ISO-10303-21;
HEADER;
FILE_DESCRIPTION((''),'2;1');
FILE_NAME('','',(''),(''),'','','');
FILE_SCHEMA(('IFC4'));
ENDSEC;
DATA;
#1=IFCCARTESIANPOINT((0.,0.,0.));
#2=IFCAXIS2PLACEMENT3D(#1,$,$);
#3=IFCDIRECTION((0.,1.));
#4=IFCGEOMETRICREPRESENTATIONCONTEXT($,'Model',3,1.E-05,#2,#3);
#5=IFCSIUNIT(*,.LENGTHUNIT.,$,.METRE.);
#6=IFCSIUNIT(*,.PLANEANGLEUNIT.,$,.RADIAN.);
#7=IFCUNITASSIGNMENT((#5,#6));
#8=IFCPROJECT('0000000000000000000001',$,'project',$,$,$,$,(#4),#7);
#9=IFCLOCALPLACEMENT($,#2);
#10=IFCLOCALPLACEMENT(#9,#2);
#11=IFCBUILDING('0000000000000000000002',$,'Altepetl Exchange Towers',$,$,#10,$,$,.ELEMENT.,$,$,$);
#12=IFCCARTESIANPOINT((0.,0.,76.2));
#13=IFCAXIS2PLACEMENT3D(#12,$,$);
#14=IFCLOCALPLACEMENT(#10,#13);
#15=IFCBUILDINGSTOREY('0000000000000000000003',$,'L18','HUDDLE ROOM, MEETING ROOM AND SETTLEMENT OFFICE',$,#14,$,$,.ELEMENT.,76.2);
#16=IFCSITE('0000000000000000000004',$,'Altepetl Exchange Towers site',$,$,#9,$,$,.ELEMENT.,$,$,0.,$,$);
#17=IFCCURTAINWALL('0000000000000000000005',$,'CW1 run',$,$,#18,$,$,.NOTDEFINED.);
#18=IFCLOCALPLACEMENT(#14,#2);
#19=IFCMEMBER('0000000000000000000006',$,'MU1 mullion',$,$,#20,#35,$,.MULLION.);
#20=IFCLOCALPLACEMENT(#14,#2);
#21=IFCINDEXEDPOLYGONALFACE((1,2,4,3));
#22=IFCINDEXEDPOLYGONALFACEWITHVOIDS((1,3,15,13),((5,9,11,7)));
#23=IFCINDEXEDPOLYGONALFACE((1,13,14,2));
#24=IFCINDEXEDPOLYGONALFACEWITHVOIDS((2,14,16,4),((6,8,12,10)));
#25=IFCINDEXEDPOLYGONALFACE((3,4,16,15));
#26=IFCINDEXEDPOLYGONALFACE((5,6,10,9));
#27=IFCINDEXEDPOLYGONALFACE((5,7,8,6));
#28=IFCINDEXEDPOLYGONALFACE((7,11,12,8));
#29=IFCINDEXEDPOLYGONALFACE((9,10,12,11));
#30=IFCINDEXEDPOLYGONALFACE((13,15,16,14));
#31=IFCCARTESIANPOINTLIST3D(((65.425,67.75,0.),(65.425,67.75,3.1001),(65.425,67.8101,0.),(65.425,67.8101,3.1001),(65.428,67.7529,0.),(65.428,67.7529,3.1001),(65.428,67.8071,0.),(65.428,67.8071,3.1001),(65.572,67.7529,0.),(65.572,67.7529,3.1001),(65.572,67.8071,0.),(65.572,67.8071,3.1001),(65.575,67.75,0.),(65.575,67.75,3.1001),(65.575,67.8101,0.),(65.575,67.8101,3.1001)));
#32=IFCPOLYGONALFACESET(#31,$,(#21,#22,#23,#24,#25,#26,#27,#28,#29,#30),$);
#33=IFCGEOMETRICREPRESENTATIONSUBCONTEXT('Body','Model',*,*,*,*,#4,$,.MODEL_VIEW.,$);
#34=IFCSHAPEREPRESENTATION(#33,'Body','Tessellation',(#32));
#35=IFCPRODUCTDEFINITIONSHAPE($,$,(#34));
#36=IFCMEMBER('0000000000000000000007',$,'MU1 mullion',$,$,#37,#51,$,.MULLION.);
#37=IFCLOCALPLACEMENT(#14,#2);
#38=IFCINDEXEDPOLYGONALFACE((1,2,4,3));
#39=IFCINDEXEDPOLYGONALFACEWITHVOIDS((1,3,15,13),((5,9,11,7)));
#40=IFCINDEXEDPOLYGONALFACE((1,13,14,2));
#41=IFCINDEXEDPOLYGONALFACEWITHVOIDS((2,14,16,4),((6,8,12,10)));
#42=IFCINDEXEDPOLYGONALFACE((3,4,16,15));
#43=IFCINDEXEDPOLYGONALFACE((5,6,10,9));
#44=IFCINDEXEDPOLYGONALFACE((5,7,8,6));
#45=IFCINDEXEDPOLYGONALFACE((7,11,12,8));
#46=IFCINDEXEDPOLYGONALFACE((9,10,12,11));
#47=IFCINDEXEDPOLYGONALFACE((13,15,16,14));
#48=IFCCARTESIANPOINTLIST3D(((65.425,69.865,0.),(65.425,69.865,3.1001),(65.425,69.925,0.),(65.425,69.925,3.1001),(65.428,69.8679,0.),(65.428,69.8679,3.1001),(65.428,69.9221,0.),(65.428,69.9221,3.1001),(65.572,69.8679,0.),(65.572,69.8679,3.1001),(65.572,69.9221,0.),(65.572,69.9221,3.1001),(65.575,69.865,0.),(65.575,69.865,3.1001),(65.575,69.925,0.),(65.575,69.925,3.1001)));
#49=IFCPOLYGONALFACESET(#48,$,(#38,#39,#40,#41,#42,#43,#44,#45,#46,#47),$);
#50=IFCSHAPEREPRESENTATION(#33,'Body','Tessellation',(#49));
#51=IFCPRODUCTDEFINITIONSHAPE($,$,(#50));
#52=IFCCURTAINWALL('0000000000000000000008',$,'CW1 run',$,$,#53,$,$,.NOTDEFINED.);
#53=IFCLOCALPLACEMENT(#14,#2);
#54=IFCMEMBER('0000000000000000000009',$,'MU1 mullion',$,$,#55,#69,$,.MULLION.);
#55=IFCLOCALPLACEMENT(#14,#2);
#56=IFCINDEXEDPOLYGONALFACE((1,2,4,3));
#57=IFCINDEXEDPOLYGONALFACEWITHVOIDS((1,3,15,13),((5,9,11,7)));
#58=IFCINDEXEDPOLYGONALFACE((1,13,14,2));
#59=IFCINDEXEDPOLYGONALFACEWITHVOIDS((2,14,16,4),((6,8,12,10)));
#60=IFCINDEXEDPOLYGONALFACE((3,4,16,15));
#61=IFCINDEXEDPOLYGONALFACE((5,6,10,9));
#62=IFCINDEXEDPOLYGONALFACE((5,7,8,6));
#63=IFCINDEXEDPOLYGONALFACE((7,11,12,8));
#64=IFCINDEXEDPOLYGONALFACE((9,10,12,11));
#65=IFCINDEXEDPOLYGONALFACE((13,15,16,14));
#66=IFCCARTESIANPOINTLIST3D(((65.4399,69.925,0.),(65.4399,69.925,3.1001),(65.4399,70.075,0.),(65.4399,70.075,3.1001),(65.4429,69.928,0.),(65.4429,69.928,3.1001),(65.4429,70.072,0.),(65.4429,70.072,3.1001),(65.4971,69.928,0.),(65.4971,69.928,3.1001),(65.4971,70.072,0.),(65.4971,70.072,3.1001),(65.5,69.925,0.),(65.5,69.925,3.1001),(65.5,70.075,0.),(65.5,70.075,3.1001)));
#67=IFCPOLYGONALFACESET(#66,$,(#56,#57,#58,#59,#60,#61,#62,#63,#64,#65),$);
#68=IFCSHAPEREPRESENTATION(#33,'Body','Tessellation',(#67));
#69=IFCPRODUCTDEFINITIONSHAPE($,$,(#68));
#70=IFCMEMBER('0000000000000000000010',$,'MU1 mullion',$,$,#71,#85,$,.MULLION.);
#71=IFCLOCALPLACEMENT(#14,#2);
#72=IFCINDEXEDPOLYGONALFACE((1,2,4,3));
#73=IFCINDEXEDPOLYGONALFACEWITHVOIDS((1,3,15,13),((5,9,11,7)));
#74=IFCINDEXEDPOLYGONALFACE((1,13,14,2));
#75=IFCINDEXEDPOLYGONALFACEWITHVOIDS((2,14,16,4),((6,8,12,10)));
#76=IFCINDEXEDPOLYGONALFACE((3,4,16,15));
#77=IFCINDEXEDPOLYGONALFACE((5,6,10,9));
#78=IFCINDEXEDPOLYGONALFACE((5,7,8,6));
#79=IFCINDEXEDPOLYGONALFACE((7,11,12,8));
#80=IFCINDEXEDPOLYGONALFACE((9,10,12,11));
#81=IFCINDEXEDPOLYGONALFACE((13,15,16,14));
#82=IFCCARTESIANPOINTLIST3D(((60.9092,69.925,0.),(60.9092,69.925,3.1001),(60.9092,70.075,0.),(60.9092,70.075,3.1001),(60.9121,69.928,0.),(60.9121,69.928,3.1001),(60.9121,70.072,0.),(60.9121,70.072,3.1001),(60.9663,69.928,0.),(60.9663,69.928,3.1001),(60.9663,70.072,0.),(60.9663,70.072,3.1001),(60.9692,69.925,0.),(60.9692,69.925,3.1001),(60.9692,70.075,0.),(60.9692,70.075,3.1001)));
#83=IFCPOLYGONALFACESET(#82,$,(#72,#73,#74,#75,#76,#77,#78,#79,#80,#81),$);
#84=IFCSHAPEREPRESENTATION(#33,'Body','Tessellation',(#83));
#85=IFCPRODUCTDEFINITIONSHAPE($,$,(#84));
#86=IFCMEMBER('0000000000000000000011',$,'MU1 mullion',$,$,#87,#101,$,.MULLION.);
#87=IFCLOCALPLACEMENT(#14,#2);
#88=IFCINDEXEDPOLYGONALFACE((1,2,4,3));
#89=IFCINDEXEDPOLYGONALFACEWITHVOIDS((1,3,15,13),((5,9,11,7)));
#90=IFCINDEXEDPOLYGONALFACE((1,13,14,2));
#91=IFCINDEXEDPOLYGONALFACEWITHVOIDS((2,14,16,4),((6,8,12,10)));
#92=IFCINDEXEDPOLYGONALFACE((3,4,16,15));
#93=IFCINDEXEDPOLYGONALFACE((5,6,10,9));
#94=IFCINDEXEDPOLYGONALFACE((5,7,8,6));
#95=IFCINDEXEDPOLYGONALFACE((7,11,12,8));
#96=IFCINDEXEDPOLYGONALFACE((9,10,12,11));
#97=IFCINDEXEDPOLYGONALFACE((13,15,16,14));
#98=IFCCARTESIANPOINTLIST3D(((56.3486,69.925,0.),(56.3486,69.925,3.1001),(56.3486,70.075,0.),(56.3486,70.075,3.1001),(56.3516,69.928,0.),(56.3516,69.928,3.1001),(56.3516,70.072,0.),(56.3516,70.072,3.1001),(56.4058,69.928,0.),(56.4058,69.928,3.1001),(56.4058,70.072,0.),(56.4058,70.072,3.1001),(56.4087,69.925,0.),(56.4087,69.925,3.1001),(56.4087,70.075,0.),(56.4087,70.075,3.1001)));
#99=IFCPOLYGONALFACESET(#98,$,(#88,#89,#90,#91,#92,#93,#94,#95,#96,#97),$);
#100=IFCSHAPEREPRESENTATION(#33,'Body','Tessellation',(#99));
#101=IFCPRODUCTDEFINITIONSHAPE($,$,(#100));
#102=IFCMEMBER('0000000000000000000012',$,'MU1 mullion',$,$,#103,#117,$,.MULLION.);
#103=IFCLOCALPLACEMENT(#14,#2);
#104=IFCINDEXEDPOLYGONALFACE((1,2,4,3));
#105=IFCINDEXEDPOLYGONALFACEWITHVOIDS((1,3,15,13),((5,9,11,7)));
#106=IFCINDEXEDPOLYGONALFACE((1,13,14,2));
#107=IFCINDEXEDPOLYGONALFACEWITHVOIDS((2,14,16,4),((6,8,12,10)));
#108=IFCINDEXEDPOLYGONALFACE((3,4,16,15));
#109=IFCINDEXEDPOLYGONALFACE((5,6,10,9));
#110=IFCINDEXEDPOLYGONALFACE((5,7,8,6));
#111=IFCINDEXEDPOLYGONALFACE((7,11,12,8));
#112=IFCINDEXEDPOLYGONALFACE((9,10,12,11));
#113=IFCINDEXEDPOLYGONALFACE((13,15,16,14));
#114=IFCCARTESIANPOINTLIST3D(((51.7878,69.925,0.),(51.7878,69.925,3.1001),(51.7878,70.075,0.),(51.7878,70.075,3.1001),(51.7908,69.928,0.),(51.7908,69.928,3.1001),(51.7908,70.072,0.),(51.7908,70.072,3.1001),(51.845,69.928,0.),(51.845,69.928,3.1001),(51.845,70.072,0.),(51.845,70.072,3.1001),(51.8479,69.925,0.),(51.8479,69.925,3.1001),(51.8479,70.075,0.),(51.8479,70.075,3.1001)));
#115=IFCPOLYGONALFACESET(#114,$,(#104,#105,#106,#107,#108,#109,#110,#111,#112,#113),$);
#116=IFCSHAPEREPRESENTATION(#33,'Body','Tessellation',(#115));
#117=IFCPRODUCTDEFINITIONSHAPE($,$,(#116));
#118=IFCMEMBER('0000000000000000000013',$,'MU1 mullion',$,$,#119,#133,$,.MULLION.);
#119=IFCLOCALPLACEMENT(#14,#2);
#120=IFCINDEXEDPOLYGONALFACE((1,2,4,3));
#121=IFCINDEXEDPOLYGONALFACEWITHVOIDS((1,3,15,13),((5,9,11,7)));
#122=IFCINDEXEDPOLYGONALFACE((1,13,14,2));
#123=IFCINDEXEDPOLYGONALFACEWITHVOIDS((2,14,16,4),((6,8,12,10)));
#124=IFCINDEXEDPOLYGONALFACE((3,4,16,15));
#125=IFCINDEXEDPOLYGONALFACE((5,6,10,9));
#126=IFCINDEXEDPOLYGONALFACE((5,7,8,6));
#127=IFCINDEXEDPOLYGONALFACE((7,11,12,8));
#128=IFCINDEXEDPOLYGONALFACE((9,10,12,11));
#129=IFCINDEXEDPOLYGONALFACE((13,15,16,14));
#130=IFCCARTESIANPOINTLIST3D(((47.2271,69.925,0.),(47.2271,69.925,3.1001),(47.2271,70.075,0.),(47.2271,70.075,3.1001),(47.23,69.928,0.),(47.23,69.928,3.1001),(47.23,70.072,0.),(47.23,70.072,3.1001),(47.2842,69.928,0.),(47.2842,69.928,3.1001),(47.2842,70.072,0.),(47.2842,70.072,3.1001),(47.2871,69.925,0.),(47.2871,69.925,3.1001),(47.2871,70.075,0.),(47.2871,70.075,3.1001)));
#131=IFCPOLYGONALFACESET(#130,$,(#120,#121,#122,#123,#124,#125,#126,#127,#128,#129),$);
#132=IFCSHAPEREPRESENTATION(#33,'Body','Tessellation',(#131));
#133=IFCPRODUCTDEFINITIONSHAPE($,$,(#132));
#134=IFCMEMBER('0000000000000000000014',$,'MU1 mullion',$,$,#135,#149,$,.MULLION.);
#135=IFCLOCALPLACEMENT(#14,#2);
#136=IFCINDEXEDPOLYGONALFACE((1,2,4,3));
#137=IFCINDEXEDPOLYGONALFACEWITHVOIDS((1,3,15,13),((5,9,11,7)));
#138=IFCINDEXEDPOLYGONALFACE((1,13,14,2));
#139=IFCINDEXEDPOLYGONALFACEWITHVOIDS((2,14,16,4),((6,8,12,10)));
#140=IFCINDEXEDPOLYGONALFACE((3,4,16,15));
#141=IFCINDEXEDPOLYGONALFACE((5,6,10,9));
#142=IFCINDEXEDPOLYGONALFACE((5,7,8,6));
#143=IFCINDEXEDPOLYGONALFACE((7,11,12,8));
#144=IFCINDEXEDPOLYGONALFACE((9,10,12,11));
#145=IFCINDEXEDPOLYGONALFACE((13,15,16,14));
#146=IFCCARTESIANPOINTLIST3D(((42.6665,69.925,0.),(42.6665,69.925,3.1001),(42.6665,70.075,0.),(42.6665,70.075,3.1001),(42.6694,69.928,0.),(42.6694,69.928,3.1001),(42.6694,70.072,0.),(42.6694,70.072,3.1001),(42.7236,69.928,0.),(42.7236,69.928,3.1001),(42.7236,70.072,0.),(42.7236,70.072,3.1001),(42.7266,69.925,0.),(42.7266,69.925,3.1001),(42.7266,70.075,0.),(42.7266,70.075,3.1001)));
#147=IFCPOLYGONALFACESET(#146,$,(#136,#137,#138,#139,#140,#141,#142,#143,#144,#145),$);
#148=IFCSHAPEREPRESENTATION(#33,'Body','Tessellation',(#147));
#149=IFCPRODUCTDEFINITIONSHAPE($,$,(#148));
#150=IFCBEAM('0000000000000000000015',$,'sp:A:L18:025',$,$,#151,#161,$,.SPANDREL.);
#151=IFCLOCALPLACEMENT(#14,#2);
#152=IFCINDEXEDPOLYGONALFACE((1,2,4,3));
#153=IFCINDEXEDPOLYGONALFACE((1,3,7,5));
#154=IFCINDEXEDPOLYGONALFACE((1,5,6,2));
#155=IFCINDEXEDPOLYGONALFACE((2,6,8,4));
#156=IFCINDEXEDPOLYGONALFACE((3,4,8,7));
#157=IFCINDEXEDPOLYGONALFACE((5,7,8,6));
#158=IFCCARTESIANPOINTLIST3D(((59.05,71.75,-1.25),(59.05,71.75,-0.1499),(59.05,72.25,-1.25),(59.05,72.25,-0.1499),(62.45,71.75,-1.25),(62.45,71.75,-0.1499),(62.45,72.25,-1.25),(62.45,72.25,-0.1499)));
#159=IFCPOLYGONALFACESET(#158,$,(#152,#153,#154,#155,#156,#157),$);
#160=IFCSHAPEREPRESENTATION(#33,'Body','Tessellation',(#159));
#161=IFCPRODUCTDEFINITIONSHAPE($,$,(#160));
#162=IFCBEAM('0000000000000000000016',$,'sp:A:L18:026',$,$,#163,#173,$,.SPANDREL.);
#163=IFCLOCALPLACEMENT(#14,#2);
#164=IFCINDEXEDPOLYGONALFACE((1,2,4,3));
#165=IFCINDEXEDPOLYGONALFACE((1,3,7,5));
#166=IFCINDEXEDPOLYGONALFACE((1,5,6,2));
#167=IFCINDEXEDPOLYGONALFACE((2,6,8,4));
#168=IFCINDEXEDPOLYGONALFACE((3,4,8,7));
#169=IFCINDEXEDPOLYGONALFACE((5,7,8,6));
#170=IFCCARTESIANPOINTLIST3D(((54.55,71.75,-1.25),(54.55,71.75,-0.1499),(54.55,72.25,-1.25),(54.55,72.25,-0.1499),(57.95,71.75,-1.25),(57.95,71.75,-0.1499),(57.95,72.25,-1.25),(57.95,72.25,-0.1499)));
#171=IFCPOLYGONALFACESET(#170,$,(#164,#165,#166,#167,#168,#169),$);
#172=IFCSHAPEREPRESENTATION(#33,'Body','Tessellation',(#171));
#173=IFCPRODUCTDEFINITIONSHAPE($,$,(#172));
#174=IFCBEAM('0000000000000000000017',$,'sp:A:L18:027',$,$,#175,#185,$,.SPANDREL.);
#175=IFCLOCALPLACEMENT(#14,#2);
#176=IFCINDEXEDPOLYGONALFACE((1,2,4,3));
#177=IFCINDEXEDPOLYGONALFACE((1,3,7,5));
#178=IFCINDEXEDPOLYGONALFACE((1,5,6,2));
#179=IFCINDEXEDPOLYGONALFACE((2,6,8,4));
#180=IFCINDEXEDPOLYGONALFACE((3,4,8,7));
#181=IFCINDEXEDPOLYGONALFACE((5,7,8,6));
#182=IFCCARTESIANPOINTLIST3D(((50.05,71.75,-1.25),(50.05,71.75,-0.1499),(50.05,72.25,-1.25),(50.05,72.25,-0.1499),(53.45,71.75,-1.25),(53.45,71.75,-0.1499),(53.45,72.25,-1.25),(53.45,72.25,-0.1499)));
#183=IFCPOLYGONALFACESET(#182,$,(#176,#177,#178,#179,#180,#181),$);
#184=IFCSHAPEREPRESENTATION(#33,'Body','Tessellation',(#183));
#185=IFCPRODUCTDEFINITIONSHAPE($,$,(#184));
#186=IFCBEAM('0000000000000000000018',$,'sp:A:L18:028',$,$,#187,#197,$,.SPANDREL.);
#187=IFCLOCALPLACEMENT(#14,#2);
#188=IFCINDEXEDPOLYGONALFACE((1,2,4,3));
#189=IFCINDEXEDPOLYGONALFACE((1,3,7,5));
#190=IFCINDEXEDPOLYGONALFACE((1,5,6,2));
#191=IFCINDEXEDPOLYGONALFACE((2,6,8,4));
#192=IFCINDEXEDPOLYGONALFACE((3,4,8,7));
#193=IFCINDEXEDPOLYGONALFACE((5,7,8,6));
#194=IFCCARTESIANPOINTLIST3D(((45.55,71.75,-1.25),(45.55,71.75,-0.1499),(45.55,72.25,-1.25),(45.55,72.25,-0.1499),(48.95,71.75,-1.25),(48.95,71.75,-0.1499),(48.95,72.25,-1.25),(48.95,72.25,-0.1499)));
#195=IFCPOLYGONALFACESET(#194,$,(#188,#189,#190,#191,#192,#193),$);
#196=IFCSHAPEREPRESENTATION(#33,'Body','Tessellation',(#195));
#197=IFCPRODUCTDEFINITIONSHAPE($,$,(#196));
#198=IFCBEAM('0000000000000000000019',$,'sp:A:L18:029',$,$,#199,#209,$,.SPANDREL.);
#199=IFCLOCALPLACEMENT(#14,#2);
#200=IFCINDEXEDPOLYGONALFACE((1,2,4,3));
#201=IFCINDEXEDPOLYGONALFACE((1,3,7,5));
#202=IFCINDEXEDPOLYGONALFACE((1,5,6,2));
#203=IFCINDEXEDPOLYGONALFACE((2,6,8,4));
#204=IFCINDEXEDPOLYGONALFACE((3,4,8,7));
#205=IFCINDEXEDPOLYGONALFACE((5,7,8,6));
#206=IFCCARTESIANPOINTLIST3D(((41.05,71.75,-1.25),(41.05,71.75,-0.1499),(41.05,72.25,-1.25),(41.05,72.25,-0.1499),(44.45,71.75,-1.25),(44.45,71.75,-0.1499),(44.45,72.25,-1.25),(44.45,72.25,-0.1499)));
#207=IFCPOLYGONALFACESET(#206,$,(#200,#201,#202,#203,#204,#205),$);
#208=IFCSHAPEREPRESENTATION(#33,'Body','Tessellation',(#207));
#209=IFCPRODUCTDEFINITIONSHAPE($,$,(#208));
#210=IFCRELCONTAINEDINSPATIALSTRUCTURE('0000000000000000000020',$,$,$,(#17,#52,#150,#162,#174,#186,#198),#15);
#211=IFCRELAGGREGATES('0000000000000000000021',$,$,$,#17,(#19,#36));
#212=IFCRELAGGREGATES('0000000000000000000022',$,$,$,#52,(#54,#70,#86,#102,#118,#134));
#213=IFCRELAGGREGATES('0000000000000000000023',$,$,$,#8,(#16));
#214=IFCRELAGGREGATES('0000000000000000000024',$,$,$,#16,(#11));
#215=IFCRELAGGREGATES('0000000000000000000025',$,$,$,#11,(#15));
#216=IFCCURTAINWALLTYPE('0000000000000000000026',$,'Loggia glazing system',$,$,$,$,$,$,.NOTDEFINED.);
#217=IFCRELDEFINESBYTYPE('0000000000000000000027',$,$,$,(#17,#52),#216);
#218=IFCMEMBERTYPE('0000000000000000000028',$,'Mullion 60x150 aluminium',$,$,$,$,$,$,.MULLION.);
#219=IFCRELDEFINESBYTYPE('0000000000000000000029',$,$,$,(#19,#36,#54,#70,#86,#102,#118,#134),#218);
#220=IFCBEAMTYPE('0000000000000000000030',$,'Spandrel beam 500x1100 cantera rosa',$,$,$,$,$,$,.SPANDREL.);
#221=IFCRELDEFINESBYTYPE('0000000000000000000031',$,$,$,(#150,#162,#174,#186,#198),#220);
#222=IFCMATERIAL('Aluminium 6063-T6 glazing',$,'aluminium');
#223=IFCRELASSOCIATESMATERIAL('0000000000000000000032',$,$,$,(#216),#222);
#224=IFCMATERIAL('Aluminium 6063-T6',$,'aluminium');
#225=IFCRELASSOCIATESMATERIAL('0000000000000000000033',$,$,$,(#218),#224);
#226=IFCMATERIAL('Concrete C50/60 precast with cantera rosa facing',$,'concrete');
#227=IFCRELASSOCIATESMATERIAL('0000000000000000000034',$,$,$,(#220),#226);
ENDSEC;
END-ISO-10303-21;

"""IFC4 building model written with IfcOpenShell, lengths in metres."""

from ifc_helpers import new_model, si_unit, direction, frame, origin, origin_2d, place, context, subcontext, project, spatial, rectangle, hollow_rectangle, extrude, material, material_profile, profile_set, type_object, element, aggregate, save


model = new_model("IFC4")

# Units and contexts
model_context = context("Model", 3, precision=1e-05, world=origin(), true_north=direction((0.0, 1.0)))
body_context = subcontext(model_context, "Body", "Model", "MODEL_VIEW")
ifc_project = project(units=[si_unit("LENGTHUNIT", "METRE"), si_unit("PLANEANGLEUNIT", "RADIAN")], contexts=[model_context])

# Site, building, storey
site_placement = place(None, origin())
site = spatial("IfcSite", under=ifc_project, at=site_placement, Name="Altepetl Exchange Towers site", CompositionType="ELEMENT", RefElevation=0.0)
building_placement = place(site_placement, origin())
building = spatial("IfcBuilding", under=site, at=building_placement, Name="Altepetl Exchange Towers", CompositionType="ELEMENT")
storey_placement = place(building_placement, frame((0.0, 0.0, 76.2)))
storey = spatial("IfcBuildingStorey", under=building, at=storey_placement, Name="L18", Description="HUDDLE ROOM, MEETING ROOM AND SETTLEMENT OFFICE", CompositionType="ELEMENT", Elevation=76.2)

# Shared definitions
ifc_material_1 = material(Name="Aluminium 6063-T6 glazing", Category="aluminium")
curtain_wall_type = type_object("IfcCurtainWallType", Name="Loggia glazing system", PredefinedType="NOTDEFINED", material=ifc_material_1)
ifc_material_2 = material(Name="Aluminium 6063-T6", Category="aluminium")
ifc_material_profile_1 = material_profile(ifc_material_2, hollow_rectangle(XDim=0.0601, YDim=0.1499, WallThickness=0.0029, at=origin_2d()), Name="Mullion 60x150 aluminium")
ifc_profile_set_1 = profile_set([ifc_material_profile_1], Name="Aluminium 6063-T6")
member_type = type_object("IfcMemberType", Name="Mullion 60x150 aluminium", PredefinedType="MULLION", material=ifc_profile_set_1)

# Curtain walls, members
curtain_wall_1_placement = place(storey_placement, origin())
curtain_wall_1 = element("IfcCurtainWall", 1, at=curtain_wall_1_placement, inside=storey, type_object=curtain_wall_type, Name="CW1 run", PredefinedType="NOTDEFINED")
member_1_placement = place(storey_placement, frame((65.5, 67.78, 0.0), z_axis=(0.0, 0.0, 1.0), x_axis=(0.0, 1.0, 0.0)))
member_1 = element("IfcMember", 2, at=member_1_placement, type_object=member_type, Name="MU1 mullion", PredefinedType="MULLION", context=body_context, shape_type="SweptSolid", body=[
    extrude(hollow_rectangle(XDim=0.0601, YDim=0.1499, WallThickness=0.0029, at=origin_2d()), origin(), (0.0, 0.0, 1.0), 3.1001),
])
member_2_placement = place(storey_placement, frame((65.5, 69.895, 0.0), z_axis=(0.0, 0.0, 1.0), x_axis=(0.0, 1.0, 0.0)))
member_2 = element("IfcMember", 3, at=member_2_placement, type_object=member_type, Name="MU1 mullion", PredefinedType="MULLION", context=body_context, shape_type="SweptSolid", body=[
    extrude(hollow_rectangle(XDim=0.0601, YDim=0.1499, WallThickness=0.0029, at=origin_2d()), origin(), (0.0, 0.0, 1.0), 3.1001),
])
curtain_wall_2_placement = place(storey_placement, origin())
curtain_wall_2 = element("IfcCurtainWall", 4, at=curtain_wall_2_placement, inside=storey, type_object=curtain_wall_type, Name="CW1 run", PredefinedType="NOTDEFINED")
member_3_placement = place(storey_placement, frame((65.47, 70.0, 0.0), z_axis=(0.0, 0.0, 1.0), x_axis=(-1.0, 0.0, 0.0)))
member_3 = element("IfcMember", 5, at=member_3_placement, type_object=member_type, Name="MU1 mullion", PredefinedType="MULLION", context=body_context, shape_type="SweptSolid", body=[
    extrude(hollow_rectangle(XDim=0.0601, YDim=0.1499, WallThickness=0.0029, at=origin_2d()), origin(), (0.0, 0.0, 1.0), 3.1001),
])
member_4_placement = place(storey_placement, frame((60.9392, 70.0, 0.0), z_axis=(0.0, 0.0, 1.0), x_axis=(-1.0, 0.0, 0.0)))
member_4 = element("IfcMember", 6, at=member_4_placement, type_object=member_type, Name="MU1 mullion", PredefinedType="MULLION", context=body_context, shape_type="SweptSolid", body=[
    extrude(hollow_rectangle(XDim=0.0601, YDim=0.1499, WallThickness=0.0029, at=origin_2d()), origin(), (0.0, 0.0, 1.0), 3.1001),
])
member_5_placement = place(storey_placement, frame((56.3787, 70.0, 0.0), z_axis=(0.0, 0.0, 1.0), x_axis=(-1.0, 0.0, 0.0)))
member_5 = element("IfcMember", 7, at=member_5_placement, type_object=member_type, Name="MU1 mullion", PredefinedType="MULLION", context=body_context, shape_type="SweptSolid", body=[
    extrude(hollow_rectangle(XDim=0.0601, YDim=0.1499, WallThickness=0.0029, at=origin_2d()), origin(), (0.0, 0.0, 1.0), 3.1001),
])
member_6_placement = place(storey_placement, frame((51.8179, 70.0, 0.0), z_axis=(0.0, 0.0, 1.0), x_axis=(-1.0, 0.0, 0.0)))
member_6 = element("IfcMember", 8, at=member_6_placement, type_object=member_type, Name="MU1 mullion", PredefinedType="MULLION", context=body_context, shape_type="SweptSolid", body=[
    extrude(hollow_rectangle(XDim=0.0601, YDim=0.1499, WallThickness=0.0029, at=origin_2d()), origin(), (0.0, 0.0, 1.0), 3.1001),
])
member_7_placement = place(storey_placement, frame((47.2571, 70.0, 0.0), z_axis=(0.0, 0.0, 1.0), x_axis=(-1.0, 0.0, 0.0)))
member_7 = element("IfcMember", 9, at=member_7_placement, type_object=member_type, Name="MU1 mullion", PredefinedType="MULLION", context=body_context, shape_type="SweptSolid", body=[
    extrude(hollow_rectangle(XDim=0.0601, YDim=0.1499, WallThickness=0.0029, at=origin_2d()), origin(), (0.0, 0.0, 1.0), 3.1001),
])
member_8_placement = place(storey_placement, frame((42.6965, 70.0, 0.0), z_axis=(0.0, 0.0, 1.0), x_axis=(-1.0, 0.0, 0.0)))
member_8 = element("IfcMember", 10, at=member_8_placement, type_object=member_type, Name="MU1 mullion", PredefinedType="MULLION", context=body_context, shape_type="SweptSolid", body=[
    extrude(hollow_rectangle(XDim=0.0601, YDim=0.1499, WallThickness=0.0029, at=origin_2d()), origin(), (0.0, 0.0, 1.0), 3.1001),
])

# Beams
ifc_material_3 = material(Name="Concrete C50/60 precast with cantera rosa facing", Category="concrete")
ifc_material_profile_2 = material_profile(ifc_material_3, rectangle(XDim=0.5, YDim=1.1001, at=origin_2d()), Name="500 x 1100")
ifc_profile_set_2 = profile_set([ifc_material_profile_2], Name="Concrete C50/60 precast with cantera rosa facing")
beam_type_1 = type_object("IfcBeamType", Name="Spandrel beam 500x1100 cantera rosa", PredefinedType="SPANDREL", material=ifc_profile_set_2)
for number, where, z_axis, x_axis, name in (
    (11, (62.45, 72.0, -0.7), (-1.0, 0.0, 0.0), (0.0, -1.0, 0.0), "sp:A:L18:025"),
    (12, (57.95, 72.0, -0.7), (-1.0, 0.0, 0.0), (0.0, -1.0, 0.0), "sp:A:L18:026"),
    (13, (53.45, 72.0, -0.7), (-1.0, 0.0, 0.0), (0.0, -1.0, 0.0), "sp:A:L18:027"),
    (14, (48.95, 72.0, -0.7), (-1.0, 0.0, 0.0), (0.0, -1.0, 0.0), "sp:A:L18:028"),
    (15, (44.45, 72.0, -0.7), (-1.0, 0.0, 0.0), (0.0, -1.0, 0.0), "sp:A:L18:029"),
):
    element("IfcBeam", number, at=place(storey_placement, frame(where, z_axis=z_axis, x_axis=x_axis)), inside=storey, type_object=beam_type_1, Name=name, PredefinedType="SPANDREL", context=body_context, shape_type="SweptSolid", body=[
        extrude(rectangle(XDim=0.5, YDim=1.1001, at=origin_2d()), origin(), (0.0, 0.0, 1.0), 3.3999),
    ])

aggregate(curtain_wall_1, [member_1, member_2])
aggregate(curtain_wall_2, [member_3, member_4, member_5, member_6, member_7, member_8])

save(model, "model.ifc")
